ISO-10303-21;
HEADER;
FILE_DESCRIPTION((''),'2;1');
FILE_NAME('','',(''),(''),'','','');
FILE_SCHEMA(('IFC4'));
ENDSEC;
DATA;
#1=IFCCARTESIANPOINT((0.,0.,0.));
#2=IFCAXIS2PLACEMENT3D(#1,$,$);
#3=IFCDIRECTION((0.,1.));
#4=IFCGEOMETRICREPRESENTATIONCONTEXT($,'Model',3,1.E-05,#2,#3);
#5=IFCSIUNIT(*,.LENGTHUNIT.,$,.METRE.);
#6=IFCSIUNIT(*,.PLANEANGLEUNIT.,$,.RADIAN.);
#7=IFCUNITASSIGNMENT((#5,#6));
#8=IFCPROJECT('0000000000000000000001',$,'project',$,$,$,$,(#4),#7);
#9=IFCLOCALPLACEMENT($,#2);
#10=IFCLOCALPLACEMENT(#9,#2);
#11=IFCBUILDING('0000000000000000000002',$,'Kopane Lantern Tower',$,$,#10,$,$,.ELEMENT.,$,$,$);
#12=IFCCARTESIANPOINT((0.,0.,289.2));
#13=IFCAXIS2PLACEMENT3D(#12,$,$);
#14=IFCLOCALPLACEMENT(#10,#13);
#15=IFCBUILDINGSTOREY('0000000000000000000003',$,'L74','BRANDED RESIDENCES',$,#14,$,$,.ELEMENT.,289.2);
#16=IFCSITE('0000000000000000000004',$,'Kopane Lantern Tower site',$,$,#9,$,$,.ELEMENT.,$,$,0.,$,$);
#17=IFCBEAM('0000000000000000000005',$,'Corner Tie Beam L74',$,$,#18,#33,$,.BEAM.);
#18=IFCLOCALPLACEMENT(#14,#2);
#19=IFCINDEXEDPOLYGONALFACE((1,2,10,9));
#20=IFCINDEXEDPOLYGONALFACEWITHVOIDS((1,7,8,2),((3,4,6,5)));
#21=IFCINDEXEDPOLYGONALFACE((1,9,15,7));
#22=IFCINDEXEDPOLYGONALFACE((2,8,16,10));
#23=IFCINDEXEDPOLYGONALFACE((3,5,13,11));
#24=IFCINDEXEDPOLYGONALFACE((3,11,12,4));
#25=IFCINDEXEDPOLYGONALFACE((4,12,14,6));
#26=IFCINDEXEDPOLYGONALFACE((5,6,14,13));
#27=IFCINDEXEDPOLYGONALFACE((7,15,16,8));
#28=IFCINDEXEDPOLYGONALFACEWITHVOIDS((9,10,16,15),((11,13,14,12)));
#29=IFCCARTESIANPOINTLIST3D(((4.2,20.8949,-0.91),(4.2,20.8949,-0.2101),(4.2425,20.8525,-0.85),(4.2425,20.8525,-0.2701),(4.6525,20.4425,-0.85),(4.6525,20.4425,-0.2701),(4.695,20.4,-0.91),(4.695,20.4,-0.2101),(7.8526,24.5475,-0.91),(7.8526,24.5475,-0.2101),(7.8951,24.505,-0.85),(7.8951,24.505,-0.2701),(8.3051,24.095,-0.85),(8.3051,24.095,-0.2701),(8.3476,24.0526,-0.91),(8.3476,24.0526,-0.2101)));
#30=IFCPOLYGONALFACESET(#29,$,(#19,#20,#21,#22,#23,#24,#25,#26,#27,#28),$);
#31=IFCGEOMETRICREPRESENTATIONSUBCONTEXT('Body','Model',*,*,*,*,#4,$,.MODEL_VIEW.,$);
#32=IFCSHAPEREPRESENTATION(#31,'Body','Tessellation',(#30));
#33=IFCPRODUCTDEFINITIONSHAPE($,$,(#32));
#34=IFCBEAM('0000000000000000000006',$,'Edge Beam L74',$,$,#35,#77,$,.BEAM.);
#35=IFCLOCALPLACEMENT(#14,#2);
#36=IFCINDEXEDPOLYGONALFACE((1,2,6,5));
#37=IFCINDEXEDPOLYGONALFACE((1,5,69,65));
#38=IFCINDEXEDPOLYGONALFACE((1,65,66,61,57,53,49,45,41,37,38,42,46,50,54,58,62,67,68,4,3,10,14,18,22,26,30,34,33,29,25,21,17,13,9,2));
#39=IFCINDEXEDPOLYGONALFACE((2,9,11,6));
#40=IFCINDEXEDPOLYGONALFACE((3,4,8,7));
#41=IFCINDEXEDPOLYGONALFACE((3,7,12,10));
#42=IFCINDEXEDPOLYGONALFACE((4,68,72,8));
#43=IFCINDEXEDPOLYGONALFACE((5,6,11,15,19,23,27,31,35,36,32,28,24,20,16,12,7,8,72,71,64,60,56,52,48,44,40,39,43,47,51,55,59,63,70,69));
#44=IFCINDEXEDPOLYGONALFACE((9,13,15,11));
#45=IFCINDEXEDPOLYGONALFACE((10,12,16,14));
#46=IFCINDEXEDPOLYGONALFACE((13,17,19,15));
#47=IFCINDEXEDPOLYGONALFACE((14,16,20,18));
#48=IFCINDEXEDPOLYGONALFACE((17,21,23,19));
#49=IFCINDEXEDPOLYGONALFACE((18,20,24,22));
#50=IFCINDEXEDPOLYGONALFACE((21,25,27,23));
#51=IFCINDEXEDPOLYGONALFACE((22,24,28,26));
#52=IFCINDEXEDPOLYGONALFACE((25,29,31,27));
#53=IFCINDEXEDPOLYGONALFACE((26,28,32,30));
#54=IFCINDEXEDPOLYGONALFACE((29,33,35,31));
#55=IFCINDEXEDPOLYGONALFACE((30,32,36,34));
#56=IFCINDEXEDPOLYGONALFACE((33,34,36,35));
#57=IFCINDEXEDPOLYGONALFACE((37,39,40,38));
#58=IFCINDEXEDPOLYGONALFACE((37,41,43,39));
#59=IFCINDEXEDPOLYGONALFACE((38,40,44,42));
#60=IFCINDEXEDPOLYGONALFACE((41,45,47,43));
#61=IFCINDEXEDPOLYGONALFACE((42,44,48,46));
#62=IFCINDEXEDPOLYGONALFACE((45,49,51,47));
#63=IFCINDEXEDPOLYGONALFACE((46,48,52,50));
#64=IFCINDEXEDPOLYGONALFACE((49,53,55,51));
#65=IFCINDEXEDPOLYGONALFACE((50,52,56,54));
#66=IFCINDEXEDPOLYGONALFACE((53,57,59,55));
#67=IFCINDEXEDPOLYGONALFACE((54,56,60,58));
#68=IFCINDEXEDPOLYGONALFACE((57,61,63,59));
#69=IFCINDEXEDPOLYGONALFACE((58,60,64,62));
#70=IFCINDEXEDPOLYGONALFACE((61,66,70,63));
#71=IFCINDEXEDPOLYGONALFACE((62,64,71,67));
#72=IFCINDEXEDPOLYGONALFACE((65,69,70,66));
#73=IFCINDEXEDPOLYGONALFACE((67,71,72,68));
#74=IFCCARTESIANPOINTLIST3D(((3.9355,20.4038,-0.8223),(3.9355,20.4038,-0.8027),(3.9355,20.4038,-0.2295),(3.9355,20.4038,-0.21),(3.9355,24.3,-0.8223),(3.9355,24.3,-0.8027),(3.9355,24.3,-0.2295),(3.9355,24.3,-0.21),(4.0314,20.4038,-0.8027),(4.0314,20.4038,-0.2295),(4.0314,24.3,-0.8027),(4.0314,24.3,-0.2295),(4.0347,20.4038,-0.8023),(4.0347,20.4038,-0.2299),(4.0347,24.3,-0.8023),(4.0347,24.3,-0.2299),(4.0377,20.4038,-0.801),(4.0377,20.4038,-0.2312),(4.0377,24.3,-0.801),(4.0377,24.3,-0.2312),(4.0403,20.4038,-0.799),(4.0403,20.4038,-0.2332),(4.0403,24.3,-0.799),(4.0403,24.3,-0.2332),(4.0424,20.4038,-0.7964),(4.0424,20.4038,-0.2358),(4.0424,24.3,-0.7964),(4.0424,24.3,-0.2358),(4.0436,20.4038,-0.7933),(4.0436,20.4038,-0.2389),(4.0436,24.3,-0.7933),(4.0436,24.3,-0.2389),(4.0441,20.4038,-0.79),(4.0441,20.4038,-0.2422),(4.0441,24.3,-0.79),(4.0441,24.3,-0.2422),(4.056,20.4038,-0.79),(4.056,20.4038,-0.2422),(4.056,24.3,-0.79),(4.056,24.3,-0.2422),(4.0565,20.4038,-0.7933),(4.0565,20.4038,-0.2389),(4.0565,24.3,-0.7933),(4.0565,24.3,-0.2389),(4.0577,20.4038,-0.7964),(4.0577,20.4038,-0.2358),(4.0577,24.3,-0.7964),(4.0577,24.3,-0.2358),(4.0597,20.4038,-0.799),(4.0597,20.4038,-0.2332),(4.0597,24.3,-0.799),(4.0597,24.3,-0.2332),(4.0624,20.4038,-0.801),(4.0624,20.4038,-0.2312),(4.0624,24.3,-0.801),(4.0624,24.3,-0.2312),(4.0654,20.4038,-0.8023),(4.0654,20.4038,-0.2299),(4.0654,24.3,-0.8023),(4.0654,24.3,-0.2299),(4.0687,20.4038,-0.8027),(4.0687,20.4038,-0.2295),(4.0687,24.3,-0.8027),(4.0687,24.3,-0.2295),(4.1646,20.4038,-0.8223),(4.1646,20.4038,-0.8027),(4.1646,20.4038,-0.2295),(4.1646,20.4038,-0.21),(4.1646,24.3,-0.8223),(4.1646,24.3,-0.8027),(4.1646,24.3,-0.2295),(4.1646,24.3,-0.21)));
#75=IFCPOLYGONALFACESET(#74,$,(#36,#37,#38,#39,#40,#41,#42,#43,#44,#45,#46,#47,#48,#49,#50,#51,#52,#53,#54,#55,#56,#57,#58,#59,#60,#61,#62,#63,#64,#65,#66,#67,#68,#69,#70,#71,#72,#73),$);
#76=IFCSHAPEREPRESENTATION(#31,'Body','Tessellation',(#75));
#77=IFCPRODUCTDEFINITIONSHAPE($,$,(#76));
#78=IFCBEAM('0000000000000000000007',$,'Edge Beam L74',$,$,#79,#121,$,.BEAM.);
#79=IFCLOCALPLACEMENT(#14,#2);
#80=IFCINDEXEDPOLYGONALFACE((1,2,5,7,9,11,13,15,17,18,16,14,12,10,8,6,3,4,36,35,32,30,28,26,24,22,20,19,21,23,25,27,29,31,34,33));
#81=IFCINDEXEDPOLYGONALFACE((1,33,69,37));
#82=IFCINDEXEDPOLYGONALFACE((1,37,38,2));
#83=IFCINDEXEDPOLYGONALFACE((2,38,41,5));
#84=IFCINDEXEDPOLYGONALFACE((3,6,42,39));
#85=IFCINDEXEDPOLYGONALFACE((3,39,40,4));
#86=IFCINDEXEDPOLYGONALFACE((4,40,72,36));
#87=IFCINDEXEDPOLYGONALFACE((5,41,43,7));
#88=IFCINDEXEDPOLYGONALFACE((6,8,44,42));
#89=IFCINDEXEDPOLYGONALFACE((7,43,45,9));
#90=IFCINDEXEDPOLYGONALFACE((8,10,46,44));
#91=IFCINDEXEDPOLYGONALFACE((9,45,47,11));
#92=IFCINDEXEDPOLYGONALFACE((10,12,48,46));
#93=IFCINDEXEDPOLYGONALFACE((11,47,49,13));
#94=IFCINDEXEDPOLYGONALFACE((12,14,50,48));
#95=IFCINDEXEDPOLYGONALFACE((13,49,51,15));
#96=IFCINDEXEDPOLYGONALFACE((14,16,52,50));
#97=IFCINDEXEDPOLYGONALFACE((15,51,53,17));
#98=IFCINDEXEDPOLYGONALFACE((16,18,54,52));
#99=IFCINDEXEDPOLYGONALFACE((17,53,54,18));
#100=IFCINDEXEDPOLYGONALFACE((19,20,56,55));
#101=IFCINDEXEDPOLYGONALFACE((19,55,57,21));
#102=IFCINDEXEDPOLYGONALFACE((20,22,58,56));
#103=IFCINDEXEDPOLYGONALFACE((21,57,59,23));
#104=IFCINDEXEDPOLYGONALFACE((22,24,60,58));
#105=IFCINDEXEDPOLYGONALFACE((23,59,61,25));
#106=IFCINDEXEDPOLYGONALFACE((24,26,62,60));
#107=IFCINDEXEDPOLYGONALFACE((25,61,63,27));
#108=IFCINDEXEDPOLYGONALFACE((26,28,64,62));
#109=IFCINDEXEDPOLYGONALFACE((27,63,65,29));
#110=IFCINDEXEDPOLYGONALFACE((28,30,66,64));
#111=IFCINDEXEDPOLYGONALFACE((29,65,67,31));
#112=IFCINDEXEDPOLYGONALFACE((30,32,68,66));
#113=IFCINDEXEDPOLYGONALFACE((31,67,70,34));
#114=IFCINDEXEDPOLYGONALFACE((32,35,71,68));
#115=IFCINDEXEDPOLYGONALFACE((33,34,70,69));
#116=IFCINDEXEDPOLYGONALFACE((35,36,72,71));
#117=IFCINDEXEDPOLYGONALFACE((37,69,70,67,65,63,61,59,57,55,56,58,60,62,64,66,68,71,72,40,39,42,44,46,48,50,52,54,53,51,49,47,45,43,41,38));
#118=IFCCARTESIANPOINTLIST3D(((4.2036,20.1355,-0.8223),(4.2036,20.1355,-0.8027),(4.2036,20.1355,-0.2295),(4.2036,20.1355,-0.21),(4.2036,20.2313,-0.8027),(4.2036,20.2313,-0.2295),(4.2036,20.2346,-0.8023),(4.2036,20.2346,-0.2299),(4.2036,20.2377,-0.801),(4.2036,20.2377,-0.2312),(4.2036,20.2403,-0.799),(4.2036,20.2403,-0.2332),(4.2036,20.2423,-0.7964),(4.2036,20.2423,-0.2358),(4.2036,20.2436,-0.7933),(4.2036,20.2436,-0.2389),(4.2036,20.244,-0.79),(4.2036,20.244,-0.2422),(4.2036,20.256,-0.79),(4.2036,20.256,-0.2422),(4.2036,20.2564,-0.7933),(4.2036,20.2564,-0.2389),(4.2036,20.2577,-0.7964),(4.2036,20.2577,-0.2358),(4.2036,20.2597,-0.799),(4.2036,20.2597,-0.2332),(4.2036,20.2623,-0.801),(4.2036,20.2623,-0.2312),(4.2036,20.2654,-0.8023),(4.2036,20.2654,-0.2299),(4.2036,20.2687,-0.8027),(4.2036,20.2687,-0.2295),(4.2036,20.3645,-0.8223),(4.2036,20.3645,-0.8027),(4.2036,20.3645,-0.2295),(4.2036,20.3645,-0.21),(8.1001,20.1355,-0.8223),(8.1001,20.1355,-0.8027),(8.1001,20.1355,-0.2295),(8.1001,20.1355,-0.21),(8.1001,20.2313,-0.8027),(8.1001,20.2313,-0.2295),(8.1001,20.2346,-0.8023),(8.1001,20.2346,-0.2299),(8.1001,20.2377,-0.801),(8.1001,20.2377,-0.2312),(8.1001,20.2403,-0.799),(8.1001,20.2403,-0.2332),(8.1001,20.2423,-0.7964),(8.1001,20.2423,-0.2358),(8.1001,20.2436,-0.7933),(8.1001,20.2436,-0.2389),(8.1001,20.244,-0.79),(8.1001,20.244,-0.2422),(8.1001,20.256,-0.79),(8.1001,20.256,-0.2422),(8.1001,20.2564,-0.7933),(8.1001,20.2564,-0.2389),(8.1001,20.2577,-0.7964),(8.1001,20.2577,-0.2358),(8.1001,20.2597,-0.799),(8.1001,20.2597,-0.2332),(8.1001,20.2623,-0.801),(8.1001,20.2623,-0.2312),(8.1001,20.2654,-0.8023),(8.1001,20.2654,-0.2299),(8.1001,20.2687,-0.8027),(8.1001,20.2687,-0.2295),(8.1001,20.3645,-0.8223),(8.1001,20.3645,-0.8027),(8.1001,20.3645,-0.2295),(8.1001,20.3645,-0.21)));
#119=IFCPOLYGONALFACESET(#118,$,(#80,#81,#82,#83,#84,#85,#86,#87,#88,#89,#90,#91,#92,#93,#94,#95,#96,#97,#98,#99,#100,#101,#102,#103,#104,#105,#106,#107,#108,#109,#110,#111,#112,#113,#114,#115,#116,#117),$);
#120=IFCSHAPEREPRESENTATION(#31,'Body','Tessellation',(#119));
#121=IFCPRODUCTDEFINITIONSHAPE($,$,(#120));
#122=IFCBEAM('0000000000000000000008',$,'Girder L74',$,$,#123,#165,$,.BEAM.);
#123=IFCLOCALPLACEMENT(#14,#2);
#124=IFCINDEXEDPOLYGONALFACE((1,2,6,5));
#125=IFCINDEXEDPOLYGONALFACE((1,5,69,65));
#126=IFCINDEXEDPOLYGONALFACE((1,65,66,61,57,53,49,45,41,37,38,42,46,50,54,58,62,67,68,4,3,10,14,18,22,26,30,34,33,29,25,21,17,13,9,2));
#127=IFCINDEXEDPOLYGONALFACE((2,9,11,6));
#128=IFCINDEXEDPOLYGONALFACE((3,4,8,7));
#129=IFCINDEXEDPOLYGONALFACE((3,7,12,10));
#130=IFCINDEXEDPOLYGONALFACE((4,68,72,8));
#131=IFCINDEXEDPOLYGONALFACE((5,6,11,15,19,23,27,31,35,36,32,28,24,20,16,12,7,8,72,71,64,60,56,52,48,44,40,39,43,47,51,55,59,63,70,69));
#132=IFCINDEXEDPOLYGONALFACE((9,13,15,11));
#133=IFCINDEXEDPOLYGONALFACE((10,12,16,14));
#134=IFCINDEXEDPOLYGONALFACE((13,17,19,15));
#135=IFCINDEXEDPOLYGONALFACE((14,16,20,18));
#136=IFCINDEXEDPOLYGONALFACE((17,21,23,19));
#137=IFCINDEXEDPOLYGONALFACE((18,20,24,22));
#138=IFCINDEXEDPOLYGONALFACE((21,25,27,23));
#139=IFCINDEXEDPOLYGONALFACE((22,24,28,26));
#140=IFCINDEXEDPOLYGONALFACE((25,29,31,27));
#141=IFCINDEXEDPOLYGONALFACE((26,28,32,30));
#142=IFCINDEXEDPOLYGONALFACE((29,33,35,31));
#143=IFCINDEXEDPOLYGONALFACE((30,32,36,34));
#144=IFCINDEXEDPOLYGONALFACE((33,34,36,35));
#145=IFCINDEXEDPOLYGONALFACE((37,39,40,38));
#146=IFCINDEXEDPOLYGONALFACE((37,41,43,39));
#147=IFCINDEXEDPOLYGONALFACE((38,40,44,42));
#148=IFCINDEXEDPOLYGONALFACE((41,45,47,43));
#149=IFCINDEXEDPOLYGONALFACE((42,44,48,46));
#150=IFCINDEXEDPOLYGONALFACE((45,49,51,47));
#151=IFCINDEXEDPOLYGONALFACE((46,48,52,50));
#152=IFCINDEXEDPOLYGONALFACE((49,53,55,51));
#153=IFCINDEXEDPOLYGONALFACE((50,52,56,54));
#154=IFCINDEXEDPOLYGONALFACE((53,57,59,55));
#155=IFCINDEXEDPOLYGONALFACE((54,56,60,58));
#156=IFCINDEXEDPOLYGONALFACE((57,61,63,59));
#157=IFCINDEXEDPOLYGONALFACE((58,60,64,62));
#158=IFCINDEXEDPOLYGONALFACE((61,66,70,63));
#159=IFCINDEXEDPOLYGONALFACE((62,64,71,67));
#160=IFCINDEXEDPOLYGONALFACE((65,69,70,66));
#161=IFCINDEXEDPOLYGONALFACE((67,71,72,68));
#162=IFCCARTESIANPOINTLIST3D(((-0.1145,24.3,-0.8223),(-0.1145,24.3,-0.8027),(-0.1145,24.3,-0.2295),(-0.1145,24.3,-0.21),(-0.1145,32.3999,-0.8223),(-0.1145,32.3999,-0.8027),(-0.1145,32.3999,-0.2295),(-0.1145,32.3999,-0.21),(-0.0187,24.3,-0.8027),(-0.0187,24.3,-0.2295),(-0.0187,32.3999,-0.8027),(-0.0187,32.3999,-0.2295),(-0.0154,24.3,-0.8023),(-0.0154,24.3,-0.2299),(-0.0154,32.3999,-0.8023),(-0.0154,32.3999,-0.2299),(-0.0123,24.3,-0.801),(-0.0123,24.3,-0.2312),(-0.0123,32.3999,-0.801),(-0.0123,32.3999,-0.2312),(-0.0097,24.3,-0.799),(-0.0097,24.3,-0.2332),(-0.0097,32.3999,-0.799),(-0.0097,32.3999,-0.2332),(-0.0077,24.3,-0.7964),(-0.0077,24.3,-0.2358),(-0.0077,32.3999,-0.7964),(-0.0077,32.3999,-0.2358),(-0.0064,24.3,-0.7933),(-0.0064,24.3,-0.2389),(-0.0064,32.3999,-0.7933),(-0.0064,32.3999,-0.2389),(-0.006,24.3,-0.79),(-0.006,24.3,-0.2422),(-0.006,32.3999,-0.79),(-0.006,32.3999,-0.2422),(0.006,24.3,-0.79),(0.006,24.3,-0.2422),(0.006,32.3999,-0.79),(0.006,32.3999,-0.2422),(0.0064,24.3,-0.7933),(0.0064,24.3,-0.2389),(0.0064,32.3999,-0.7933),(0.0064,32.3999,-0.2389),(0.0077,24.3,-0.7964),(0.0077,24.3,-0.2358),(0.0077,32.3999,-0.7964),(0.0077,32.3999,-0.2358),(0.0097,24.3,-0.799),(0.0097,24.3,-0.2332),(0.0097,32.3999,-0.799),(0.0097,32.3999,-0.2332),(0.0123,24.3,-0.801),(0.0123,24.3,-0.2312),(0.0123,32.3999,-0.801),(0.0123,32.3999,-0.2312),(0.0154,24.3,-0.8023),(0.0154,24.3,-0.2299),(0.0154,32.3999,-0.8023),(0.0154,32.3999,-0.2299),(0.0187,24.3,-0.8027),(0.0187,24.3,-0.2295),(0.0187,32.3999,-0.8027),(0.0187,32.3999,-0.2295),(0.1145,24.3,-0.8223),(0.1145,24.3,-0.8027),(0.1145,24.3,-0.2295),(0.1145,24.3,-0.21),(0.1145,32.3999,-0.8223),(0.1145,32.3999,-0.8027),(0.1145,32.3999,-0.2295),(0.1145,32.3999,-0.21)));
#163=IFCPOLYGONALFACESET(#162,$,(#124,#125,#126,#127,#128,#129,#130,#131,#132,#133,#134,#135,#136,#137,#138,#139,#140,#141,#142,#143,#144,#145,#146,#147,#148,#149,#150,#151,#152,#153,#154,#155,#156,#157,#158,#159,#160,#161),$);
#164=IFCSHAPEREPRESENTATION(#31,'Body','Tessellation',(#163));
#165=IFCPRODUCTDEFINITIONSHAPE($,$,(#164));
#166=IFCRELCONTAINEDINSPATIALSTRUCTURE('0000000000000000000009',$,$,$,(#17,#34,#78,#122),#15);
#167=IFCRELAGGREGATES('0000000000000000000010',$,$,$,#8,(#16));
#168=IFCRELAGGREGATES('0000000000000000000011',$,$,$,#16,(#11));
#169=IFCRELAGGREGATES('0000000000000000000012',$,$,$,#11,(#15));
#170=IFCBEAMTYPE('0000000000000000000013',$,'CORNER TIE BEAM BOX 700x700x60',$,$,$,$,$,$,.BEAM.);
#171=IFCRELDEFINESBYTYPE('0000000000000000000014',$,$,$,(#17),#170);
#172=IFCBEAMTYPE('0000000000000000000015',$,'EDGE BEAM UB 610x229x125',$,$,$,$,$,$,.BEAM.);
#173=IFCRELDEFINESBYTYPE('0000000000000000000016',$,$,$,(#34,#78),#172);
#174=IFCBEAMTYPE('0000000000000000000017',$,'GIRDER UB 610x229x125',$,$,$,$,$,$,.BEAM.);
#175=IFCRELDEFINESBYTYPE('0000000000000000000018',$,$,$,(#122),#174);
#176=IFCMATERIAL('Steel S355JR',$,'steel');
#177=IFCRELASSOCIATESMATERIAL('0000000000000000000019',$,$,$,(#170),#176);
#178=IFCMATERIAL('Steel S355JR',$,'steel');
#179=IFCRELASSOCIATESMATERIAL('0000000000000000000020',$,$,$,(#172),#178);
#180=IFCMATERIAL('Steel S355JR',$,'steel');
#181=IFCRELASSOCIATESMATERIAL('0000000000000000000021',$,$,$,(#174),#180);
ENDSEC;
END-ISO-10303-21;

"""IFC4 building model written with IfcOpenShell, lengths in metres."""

from ifc_helpers import new_model, si_unit, direction, frame, origin, origin_2d, place, context, subcontext, project, spatial, hollow_rectangle, i_section, extrude, material, material_profile, profile_set, type_object, element, save


model = new_model("IFC4")

# Units and contexts
model_context = context("Model", 3, precision=1e-05, world=origin(), true_north=direction((0.0, 1.0)))
body_context = subcontext(model_context, "Body", "Model", "MODEL_VIEW")
ifc_project = project(units=[si_unit("LENGTHUNIT", "METRE"), si_unit("PLANEANGLEUNIT", "RADIAN")], contexts=[model_context])

# Site, building, storey
site_placement = place(None, origin())
site = spatial("IfcSite", under=ifc_project, at=site_placement, Name="Kopane Lantern Tower site", CompositionType="ELEMENT", RefElevation=0.0)
building_placement = place(site_placement, origin())
building = spatial("IfcBuilding", under=site, at=building_placement, Name="Kopane Lantern Tower", CompositionType="ELEMENT")
storey_placement = place(building_placement, frame((0.0, 0.0, 289.2)))
storey = spatial("IfcBuildingStorey", under=building, at=storey_placement, Name="L74", Description="BRANDED RESIDENCES", CompositionType="ELEMENT", Elevation=289.2)

# Beams
ifc_material_1 = material(Name="Steel S355JR", Category="steel")
ifc_material_profile_1 = material_profile(ifc_material_1, hollow_rectangle(XDim=0.7, YDim=0.7, WallThickness=0.0601, at=origin_2d()), Name="BOX 700x700x60")
ifc_profile_set_1 = profile_set([ifc_material_profile_1], Name="Steel S355JR")
beam_type_1 = type_object("IfcBeamType", Name="CORNER TIE BEAM BOX 700x700x60", PredefinedType="BEAM", material=ifc_profile_set_1)
beam_1_placement = place(storey_placement, frame((4.4475, 20.6475, -0.5601), z_axis=(0.707107, 0.707107, 0.0), x_axis=(-0.707107, 0.707107, 0.0)))
element("IfcBeam", 1, at=beam_1_placement, inside=storey, type_object=beam_type_1, Name="Corner Tie Beam L74", PredefinedType="BEAM", context=body_context, shape_type="SweptSolid", body=[
    extrude(hollow_rectangle(XDim=0.7, YDim=0.7, WallThickness=0.0601, at=origin_2d()), origin(), (0.0, 0.0, 1.0), 5.1655),
])
ifc_material_2 = material(Name="Steel S355JR", Category="steel")
ifc_material_profile_2 = material_profile(ifc_material_2, i_section(OverallWidth=0.229, OverallDepth=0.6123, WebThickness=0.012, FlangeThickness=0.0195, FilletRadius=0.0127, at=origin_2d()), Name="UB 610x229x125")
ifc_profile_set_2 = profile_set([ifc_material_profile_2], Name="Steel S355JR")
beam_type_2 = type_object("IfcBeamType", Name="EDGE BEAM UB 610x229x125", PredefinedType="BEAM", material=ifc_profile_set_2)
beam_2_placement = place(storey_placement, frame((4.05, 20.4038, -0.5161), z_axis=(0.0, 1.0, 0.0), x_axis=(-1.0, 0.0, 0.0)))
element("IfcBeam", 2, at=beam_2_placement, inside=storey, type_object=beam_type_2, Name="Edge Beam L74", PredefinedType="BEAM", context=body_context, shape_type="SweptSolid", body=[
    extrude(i_section(OverallWidth=0.229, OverallDepth=0.6123, WebThickness=0.012, FlangeThickness=0.0195, FilletRadius=0.0127, at=origin_2d()), origin(), (0.0, 0.0, 1.0), 3.8962),
])
beam_3_placement = place(storey_placement, frame((4.2036, 20.25, -0.5161), z_axis=(1.0, 0.0, 0.0), x_axis=(0.0, 1.0, 0.0)))
element("IfcBeam", 3, at=beam_3_placement, inside=storey, type_object=beam_type_2, Name="Edge Beam L74", PredefinedType="BEAM", context=body_context, shape_type="SweptSolid", body=[
    extrude(i_section(OverallWidth=0.229, OverallDepth=0.6123, WebThickness=0.012, FlangeThickness=0.0195, FilletRadius=0.0127, at=origin_2d()), origin(), (0.0, 0.0, 1.0), 3.8965),
])
ifc_material_3 = material(Name="Steel S355JR", Category="steel")
ifc_material_profile_3 = material_profile(ifc_material_3, i_section(OverallWidth=0.229, OverallDepth=0.6123, WebThickness=0.012, FlangeThickness=0.0195, FilletRadius=0.0127, at=origin_2d()), Name="UB 610x229x125")
ifc_profile_set_3 = profile_set([ifc_material_profile_3], Name="Steel S355JR")
beam_type_3 = type_object("IfcBeamType", Name="GIRDER UB 610x229x125", PredefinedType="BEAM", material=ifc_profile_set_3)
beam_4_placement = place(storey_placement, frame((0.0, 24.3, -0.5161), z_axis=(0.0, 1.0, 0.0), x_axis=(-1.0, 0.0, 0.0)))
element("IfcBeam", 4, at=beam_4_placement, inside=storey, type_object=beam_type_3, Name="Girder L74", PredefinedType="BEAM", context=body_context, shape_type="SweptSolid", body=[
    extrude(i_section(OverallWidth=0.229, OverallDepth=0.6123, WebThickness=0.012, FlangeThickness=0.0195, FilletRadius=0.0127, at=origin_2d()), origin(), (0.0, 0.0, 1.0), 8.0999),
])

save(model, "model.ifc")
